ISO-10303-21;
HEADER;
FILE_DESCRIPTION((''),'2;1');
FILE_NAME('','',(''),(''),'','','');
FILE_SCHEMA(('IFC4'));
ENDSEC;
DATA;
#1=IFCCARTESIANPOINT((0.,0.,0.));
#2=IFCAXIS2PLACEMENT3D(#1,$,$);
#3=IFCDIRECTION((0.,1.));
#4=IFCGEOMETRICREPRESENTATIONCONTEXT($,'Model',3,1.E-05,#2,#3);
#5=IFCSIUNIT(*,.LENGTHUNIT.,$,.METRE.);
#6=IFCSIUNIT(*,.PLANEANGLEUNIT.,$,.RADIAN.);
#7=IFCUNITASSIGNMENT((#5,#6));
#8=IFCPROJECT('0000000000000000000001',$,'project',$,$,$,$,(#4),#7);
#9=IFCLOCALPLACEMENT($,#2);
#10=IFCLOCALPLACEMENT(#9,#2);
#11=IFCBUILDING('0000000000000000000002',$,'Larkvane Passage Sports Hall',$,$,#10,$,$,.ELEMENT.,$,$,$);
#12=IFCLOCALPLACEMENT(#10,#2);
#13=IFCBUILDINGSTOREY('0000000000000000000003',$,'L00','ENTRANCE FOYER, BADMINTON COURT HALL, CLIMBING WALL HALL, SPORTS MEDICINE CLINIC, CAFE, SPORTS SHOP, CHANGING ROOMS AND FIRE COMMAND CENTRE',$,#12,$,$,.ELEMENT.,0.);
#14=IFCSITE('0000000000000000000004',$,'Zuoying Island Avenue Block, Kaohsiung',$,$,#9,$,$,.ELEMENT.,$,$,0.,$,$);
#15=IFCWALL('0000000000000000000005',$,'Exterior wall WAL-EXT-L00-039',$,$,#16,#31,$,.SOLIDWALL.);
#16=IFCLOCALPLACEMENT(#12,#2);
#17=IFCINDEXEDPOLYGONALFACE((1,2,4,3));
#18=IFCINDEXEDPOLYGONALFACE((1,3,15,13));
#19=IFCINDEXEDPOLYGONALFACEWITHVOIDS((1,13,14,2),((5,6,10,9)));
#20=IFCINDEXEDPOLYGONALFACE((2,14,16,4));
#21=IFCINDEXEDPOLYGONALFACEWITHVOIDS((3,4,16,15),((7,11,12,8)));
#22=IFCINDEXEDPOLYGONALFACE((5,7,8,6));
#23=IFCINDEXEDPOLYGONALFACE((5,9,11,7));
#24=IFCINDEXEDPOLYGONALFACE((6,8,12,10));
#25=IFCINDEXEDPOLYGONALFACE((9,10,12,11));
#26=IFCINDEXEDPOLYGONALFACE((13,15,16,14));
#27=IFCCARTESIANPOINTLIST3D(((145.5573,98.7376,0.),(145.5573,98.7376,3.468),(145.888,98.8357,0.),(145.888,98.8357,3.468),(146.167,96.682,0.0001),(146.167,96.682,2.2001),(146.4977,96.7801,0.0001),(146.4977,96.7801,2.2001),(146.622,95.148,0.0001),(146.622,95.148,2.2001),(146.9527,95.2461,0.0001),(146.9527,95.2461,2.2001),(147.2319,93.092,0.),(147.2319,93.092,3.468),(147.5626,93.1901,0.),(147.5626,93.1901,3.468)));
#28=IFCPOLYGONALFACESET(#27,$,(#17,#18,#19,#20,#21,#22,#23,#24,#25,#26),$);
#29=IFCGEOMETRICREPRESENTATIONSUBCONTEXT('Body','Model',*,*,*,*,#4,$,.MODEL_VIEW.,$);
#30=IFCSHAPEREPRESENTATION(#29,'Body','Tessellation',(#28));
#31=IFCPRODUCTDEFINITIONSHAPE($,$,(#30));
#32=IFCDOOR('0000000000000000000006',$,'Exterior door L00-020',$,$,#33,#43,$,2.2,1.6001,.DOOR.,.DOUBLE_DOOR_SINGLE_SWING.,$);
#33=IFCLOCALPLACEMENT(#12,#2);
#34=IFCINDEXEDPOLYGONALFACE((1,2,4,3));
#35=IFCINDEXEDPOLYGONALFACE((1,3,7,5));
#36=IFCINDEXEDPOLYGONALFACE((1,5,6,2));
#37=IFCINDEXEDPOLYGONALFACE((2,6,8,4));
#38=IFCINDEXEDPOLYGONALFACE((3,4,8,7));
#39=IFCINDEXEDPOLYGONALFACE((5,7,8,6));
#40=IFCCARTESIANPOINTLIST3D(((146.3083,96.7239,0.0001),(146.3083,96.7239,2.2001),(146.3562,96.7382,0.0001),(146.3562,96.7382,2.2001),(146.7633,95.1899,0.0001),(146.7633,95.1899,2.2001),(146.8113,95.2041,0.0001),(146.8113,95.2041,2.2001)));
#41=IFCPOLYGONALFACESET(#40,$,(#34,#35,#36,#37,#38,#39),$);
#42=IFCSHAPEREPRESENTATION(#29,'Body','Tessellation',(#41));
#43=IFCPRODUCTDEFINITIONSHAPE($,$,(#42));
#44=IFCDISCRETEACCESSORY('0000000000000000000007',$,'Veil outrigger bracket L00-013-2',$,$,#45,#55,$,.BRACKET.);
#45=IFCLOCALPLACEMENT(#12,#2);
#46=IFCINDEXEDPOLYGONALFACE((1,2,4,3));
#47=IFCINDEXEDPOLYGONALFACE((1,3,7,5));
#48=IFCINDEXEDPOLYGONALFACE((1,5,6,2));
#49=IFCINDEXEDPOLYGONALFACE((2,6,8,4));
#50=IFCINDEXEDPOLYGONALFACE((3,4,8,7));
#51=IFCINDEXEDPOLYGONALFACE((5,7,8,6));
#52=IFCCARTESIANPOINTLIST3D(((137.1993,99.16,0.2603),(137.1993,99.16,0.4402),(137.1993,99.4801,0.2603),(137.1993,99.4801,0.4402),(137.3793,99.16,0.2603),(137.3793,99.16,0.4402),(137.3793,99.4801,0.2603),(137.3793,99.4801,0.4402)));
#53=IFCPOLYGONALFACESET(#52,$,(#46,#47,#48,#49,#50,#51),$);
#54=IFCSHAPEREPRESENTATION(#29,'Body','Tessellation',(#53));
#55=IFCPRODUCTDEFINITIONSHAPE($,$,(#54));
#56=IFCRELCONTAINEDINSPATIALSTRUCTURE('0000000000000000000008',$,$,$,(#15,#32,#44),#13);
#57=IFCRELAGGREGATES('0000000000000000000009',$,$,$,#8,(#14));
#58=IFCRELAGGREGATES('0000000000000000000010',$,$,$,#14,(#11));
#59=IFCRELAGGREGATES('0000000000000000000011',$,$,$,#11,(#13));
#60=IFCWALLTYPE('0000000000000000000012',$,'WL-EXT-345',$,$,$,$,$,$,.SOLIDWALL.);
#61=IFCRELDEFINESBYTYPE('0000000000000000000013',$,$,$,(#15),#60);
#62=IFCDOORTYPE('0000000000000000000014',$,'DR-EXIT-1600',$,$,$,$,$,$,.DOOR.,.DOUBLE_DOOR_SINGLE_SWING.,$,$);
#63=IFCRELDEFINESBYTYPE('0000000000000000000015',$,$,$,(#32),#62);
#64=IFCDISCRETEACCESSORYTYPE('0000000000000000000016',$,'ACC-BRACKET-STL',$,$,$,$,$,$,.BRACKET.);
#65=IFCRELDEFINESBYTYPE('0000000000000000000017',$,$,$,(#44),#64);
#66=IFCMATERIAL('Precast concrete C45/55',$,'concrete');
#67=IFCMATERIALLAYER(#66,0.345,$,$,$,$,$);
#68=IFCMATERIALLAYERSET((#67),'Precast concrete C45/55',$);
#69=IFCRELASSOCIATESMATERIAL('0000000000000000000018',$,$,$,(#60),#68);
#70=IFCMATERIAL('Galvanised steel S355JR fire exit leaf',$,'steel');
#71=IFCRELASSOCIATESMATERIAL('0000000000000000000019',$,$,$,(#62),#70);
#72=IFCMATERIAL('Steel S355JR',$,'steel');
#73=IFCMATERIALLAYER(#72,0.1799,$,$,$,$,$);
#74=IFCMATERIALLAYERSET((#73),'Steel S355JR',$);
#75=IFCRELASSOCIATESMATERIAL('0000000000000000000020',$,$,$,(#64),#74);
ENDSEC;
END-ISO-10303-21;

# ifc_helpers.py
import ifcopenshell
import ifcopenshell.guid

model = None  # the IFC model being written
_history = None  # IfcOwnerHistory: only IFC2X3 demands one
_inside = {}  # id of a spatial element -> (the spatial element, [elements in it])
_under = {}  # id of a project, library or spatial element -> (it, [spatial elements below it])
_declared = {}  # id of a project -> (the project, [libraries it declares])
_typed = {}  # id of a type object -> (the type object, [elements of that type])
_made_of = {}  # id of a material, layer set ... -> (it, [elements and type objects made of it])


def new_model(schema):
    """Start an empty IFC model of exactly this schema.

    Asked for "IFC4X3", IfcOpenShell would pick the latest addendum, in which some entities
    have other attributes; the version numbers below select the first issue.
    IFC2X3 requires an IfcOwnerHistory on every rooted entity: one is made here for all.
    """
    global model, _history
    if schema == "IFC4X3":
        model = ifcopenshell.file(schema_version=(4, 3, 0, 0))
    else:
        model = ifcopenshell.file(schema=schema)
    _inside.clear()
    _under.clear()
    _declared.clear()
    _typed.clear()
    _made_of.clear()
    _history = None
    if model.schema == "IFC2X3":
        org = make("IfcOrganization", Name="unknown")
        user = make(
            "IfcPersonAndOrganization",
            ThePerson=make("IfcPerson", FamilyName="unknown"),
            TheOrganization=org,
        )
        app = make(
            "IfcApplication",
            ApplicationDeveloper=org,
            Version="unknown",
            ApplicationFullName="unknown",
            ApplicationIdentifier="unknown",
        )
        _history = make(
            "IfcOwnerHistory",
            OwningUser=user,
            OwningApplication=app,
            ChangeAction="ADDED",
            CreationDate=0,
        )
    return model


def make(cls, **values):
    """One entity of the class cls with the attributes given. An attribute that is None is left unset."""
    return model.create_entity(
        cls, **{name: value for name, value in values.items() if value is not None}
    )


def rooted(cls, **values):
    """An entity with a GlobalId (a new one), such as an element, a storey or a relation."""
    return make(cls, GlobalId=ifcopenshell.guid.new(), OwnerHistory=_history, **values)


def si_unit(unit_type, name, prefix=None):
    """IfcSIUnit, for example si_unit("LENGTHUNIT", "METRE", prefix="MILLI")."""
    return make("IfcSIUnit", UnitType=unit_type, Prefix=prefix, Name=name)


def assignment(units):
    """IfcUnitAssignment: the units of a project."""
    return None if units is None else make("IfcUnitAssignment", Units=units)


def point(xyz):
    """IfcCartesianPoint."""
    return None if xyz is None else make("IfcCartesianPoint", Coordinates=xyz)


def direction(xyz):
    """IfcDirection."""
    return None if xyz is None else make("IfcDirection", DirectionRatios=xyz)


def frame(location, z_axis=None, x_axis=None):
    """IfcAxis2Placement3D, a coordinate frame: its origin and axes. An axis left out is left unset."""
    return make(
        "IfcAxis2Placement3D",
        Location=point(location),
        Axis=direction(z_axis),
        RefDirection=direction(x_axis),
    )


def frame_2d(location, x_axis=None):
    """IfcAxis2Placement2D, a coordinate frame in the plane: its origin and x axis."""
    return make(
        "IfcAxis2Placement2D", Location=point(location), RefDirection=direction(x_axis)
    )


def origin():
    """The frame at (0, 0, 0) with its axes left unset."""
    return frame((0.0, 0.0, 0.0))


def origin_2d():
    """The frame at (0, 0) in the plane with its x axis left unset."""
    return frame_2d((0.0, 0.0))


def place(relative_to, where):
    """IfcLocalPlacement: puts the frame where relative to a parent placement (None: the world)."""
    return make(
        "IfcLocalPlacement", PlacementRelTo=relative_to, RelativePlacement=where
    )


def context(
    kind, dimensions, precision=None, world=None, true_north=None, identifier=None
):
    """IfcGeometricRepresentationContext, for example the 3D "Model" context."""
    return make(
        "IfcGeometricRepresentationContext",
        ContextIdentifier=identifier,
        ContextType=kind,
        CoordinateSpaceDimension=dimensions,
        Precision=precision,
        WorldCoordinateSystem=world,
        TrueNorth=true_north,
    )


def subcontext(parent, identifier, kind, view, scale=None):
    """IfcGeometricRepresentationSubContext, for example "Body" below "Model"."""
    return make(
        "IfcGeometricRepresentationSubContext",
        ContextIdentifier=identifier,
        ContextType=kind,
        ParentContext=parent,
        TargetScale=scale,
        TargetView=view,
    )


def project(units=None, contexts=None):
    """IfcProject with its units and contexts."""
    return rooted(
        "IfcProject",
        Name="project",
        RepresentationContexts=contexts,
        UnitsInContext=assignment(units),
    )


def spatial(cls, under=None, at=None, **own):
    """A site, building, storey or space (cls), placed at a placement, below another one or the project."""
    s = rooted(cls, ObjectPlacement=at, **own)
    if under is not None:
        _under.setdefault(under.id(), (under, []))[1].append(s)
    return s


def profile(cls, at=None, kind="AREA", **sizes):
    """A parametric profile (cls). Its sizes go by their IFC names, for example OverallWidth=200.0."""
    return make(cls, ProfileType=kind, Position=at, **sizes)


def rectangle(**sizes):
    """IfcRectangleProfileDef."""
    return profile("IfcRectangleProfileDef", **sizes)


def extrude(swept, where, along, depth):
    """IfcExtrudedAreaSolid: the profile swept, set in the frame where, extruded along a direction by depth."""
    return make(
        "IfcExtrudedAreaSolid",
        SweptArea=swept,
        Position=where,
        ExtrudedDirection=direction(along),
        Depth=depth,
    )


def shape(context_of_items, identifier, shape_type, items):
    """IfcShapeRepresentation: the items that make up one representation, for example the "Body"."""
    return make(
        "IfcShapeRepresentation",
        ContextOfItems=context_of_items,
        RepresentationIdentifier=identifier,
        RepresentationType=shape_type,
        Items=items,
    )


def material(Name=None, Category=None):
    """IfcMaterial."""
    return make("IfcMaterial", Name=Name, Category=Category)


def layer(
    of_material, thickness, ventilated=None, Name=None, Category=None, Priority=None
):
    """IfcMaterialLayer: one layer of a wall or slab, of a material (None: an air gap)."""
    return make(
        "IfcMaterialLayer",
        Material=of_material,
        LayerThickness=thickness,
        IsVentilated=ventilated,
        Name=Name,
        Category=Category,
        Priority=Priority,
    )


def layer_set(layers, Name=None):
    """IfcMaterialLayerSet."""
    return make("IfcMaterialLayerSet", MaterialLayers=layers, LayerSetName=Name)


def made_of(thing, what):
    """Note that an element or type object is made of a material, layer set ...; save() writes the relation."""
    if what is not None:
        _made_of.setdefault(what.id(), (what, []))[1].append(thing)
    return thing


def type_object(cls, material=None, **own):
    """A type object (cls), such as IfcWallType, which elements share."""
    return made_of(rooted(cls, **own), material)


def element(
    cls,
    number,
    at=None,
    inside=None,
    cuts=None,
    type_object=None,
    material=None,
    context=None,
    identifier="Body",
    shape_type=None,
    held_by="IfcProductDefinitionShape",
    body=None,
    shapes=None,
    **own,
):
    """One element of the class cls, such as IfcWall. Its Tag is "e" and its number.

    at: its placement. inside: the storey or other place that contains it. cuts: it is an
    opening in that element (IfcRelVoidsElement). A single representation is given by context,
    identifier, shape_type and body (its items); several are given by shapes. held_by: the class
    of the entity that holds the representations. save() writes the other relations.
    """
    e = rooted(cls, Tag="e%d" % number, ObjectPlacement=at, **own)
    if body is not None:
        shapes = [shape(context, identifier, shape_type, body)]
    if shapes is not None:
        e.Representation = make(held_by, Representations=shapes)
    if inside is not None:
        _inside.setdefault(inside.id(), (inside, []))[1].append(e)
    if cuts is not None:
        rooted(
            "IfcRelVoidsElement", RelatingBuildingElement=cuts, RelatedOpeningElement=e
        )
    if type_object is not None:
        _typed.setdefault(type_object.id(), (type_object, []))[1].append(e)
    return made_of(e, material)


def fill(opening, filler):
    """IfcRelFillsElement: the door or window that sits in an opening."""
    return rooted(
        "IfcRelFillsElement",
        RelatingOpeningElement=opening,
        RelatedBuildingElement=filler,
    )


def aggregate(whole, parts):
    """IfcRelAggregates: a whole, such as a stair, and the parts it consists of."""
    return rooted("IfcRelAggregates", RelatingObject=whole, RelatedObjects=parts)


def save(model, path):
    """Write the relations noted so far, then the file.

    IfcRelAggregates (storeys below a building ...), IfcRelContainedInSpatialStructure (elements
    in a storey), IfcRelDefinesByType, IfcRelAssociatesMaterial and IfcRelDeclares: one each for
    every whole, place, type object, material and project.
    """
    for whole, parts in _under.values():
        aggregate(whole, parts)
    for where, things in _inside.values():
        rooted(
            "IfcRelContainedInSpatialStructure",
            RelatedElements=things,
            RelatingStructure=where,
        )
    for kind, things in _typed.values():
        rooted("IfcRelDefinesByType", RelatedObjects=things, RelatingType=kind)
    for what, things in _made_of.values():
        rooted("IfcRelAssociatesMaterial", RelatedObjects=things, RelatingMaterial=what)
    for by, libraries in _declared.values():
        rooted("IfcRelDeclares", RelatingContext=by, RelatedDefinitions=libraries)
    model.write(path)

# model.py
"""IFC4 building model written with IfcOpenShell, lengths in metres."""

from ifc_helpers import new_model, si_unit, direction, frame, frame_2d, origin, origin_2d, place, context, subcontext, project, spatial, rectangle, extrude, material, layer, layer_set, type_object, element, fill, save


model = new_model("IFC4")

# Units and contexts
model_context = context("Model", 3, precision=1e-05, world=origin(), true_north=direction((0.0, 1.0)))
body_context = subcontext(model_context, "Body", "Model", "MODEL_VIEW")
ifc_project = project(units=[si_unit("LENGTHUNIT", "METRE"), si_unit("PLANEANGLEUNIT", "RADIAN")], contexts=[model_context])

# Site, building, storey
site_placement = place(None, origin())
site = spatial("IfcSite", under=ifc_project, at=site_placement, Name="Zuoying Island Avenue Block, Kaohsiung", CompositionType="ELEMENT", RefElevation=0.0)
building_placement = place(site_placement, origin())
building = spatial("IfcBuilding", under=site, at=building_placement, Name="Larkvane Passage Sports Hall", CompositionType="ELEMENT")
storey_placement = place(building_placement, origin())
storey = spatial("IfcBuildingStorey", under=building, at=storey_placement, Name="L00", Description="ENTRANCE FOYER, BADMINTON COURT HALL, CLIMBING WALL HALL, SPORTS MEDICINE CLINIC, CAFE, SPORTS SHOP, CHANGING ROOMS AND FIRE COMMAND CENTRE", CompositionType="ELEMENT", Elevation=0.0)

# Wall, opening, door
ifc_material_1 = material(Name="Precast concrete C45/55", Category="concrete")
ifc_material_2 = material(Name="Galvanised steel S355JR fire exit leaf", Category="steel")
ifc_layer_1 = layer(ifc_material_1, 0.345)
ifc_layer_set_1 = layer_set([ifc_layer_1], Name="Precast concrete C45/55")
wall_type_1 = type_object("IfcWallType", Name="WL-EXT-345", PredefinedType="SOLIDWALL", material=ifc_layer_set_1)
wall_1_placement = place(storey_placement, frame((145.7227, 98.7866, 0.0), z_axis=(0.0, 0.0, 1.0), x_axis=(0.284372, -0.958714, 0.0)))
wall_1 = element("IfcWall", 1, at=wall_1_placement, inside=storey, type_object=wall_type_1, Name="Exterior wall WAL-EXT-L00-039", PredefinedType="SOLIDWALL", context=body_context, shape_type="SweptSolid", body=[
    extrude(rectangle(XDim=5.8887, YDim=0.345, at=frame_2d((2.9443, 0.0))), origin(), (0.0, 0.0, 1.0), 3.468),
])
opening_1_placement = place(wall_1_placement, frame((2.144, 0.0, 0.0)))
opening_1 = element("IfcOpeningElement", 2, at=opening_1_placement, cuts=wall_1, PredefinedType="OPENING", context=body_context, shape_type="SweptSolid", body=[
    extrude(rectangle(XDim=1.6001, YDim=2.2, at=frame_2d((0.8, 1.1001))), frame((0.0, 0.1824, 0.0), z_axis=(0.0, -1.0, 0.0), x_axis=(1.0, 0.0, 0.0)), (0.0, 0.0, 1.0), 0.365),
])
door_type_1 = type_object("IfcDoorType", Name="DR-EXIT-1600", OperationType="DOUBLE_DOOR_SINGLE_SWING", PredefinedType="DOOR", material=ifc_material_2)
door_1_placement = place(opening_1_placement, origin())
door_1 = element("IfcDoor", 3, at=door_1_placement, inside=storey, type_object=door_type_1, Name="Exterior door L00-020", OperationType="DOUBLE_DOOR_SINGLE_SWING", OverallHeight=2.2, OverallWidth=1.6001, PredefinedType="DOOR", context=body_context, shape_type="SweptSolid", body=[
    extrude(rectangle(XDim=1.6001, YDim=2.2, at=frame_2d((0.8, 1.1001))), frame((0.0, 0.0249, 0.0), z_axis=(0.0, -1.0, 0.0), x_axis=(1.0, 0.0, 0.0)), (0.0, 0.0, 1.0), 0.05),
])
fill(opening_1, door_1)

# Discrete accessory
ifc_material_3 = material(Name="Steel S355JR", Category="steel")
ifc_layer_2 = layer(ifc_material_3, 0.1799)
ifc_layer_set_2 = layer_set([ifc_layer_2], Name="Steel S355JR")
discrete_accessory_type = type_object("IfcDiscreteAccessoryType", Name="ACC-BRACKET-STL", PredefinedType="BRACKET", material=ifc_layer_set_2)
discrete_accessory_placement = place(storey_placement, frame((137.2893, 99.3201, 0.2603), z_axis=(0.0, 0.0, 1.0), x_axis=(1.0, 0.0, 0.0)))
element("IfcDiscreteAccessory", 4, at=discrete_accessory_placement, inside=storey, type_object=discrete_accessory_type, Name="Veil outrigger bracket L00-013-2", PredefinedType="BRACKET", context=body_context, shape_type="SweptSolid", body=[
    extrude(rectangle(XDim=0.1799, YDim=0.3201, at=origin_2d()), origin(), (0.0, 0.0, 1.0), 0.1799),
])

save(model, "model.ifc")
